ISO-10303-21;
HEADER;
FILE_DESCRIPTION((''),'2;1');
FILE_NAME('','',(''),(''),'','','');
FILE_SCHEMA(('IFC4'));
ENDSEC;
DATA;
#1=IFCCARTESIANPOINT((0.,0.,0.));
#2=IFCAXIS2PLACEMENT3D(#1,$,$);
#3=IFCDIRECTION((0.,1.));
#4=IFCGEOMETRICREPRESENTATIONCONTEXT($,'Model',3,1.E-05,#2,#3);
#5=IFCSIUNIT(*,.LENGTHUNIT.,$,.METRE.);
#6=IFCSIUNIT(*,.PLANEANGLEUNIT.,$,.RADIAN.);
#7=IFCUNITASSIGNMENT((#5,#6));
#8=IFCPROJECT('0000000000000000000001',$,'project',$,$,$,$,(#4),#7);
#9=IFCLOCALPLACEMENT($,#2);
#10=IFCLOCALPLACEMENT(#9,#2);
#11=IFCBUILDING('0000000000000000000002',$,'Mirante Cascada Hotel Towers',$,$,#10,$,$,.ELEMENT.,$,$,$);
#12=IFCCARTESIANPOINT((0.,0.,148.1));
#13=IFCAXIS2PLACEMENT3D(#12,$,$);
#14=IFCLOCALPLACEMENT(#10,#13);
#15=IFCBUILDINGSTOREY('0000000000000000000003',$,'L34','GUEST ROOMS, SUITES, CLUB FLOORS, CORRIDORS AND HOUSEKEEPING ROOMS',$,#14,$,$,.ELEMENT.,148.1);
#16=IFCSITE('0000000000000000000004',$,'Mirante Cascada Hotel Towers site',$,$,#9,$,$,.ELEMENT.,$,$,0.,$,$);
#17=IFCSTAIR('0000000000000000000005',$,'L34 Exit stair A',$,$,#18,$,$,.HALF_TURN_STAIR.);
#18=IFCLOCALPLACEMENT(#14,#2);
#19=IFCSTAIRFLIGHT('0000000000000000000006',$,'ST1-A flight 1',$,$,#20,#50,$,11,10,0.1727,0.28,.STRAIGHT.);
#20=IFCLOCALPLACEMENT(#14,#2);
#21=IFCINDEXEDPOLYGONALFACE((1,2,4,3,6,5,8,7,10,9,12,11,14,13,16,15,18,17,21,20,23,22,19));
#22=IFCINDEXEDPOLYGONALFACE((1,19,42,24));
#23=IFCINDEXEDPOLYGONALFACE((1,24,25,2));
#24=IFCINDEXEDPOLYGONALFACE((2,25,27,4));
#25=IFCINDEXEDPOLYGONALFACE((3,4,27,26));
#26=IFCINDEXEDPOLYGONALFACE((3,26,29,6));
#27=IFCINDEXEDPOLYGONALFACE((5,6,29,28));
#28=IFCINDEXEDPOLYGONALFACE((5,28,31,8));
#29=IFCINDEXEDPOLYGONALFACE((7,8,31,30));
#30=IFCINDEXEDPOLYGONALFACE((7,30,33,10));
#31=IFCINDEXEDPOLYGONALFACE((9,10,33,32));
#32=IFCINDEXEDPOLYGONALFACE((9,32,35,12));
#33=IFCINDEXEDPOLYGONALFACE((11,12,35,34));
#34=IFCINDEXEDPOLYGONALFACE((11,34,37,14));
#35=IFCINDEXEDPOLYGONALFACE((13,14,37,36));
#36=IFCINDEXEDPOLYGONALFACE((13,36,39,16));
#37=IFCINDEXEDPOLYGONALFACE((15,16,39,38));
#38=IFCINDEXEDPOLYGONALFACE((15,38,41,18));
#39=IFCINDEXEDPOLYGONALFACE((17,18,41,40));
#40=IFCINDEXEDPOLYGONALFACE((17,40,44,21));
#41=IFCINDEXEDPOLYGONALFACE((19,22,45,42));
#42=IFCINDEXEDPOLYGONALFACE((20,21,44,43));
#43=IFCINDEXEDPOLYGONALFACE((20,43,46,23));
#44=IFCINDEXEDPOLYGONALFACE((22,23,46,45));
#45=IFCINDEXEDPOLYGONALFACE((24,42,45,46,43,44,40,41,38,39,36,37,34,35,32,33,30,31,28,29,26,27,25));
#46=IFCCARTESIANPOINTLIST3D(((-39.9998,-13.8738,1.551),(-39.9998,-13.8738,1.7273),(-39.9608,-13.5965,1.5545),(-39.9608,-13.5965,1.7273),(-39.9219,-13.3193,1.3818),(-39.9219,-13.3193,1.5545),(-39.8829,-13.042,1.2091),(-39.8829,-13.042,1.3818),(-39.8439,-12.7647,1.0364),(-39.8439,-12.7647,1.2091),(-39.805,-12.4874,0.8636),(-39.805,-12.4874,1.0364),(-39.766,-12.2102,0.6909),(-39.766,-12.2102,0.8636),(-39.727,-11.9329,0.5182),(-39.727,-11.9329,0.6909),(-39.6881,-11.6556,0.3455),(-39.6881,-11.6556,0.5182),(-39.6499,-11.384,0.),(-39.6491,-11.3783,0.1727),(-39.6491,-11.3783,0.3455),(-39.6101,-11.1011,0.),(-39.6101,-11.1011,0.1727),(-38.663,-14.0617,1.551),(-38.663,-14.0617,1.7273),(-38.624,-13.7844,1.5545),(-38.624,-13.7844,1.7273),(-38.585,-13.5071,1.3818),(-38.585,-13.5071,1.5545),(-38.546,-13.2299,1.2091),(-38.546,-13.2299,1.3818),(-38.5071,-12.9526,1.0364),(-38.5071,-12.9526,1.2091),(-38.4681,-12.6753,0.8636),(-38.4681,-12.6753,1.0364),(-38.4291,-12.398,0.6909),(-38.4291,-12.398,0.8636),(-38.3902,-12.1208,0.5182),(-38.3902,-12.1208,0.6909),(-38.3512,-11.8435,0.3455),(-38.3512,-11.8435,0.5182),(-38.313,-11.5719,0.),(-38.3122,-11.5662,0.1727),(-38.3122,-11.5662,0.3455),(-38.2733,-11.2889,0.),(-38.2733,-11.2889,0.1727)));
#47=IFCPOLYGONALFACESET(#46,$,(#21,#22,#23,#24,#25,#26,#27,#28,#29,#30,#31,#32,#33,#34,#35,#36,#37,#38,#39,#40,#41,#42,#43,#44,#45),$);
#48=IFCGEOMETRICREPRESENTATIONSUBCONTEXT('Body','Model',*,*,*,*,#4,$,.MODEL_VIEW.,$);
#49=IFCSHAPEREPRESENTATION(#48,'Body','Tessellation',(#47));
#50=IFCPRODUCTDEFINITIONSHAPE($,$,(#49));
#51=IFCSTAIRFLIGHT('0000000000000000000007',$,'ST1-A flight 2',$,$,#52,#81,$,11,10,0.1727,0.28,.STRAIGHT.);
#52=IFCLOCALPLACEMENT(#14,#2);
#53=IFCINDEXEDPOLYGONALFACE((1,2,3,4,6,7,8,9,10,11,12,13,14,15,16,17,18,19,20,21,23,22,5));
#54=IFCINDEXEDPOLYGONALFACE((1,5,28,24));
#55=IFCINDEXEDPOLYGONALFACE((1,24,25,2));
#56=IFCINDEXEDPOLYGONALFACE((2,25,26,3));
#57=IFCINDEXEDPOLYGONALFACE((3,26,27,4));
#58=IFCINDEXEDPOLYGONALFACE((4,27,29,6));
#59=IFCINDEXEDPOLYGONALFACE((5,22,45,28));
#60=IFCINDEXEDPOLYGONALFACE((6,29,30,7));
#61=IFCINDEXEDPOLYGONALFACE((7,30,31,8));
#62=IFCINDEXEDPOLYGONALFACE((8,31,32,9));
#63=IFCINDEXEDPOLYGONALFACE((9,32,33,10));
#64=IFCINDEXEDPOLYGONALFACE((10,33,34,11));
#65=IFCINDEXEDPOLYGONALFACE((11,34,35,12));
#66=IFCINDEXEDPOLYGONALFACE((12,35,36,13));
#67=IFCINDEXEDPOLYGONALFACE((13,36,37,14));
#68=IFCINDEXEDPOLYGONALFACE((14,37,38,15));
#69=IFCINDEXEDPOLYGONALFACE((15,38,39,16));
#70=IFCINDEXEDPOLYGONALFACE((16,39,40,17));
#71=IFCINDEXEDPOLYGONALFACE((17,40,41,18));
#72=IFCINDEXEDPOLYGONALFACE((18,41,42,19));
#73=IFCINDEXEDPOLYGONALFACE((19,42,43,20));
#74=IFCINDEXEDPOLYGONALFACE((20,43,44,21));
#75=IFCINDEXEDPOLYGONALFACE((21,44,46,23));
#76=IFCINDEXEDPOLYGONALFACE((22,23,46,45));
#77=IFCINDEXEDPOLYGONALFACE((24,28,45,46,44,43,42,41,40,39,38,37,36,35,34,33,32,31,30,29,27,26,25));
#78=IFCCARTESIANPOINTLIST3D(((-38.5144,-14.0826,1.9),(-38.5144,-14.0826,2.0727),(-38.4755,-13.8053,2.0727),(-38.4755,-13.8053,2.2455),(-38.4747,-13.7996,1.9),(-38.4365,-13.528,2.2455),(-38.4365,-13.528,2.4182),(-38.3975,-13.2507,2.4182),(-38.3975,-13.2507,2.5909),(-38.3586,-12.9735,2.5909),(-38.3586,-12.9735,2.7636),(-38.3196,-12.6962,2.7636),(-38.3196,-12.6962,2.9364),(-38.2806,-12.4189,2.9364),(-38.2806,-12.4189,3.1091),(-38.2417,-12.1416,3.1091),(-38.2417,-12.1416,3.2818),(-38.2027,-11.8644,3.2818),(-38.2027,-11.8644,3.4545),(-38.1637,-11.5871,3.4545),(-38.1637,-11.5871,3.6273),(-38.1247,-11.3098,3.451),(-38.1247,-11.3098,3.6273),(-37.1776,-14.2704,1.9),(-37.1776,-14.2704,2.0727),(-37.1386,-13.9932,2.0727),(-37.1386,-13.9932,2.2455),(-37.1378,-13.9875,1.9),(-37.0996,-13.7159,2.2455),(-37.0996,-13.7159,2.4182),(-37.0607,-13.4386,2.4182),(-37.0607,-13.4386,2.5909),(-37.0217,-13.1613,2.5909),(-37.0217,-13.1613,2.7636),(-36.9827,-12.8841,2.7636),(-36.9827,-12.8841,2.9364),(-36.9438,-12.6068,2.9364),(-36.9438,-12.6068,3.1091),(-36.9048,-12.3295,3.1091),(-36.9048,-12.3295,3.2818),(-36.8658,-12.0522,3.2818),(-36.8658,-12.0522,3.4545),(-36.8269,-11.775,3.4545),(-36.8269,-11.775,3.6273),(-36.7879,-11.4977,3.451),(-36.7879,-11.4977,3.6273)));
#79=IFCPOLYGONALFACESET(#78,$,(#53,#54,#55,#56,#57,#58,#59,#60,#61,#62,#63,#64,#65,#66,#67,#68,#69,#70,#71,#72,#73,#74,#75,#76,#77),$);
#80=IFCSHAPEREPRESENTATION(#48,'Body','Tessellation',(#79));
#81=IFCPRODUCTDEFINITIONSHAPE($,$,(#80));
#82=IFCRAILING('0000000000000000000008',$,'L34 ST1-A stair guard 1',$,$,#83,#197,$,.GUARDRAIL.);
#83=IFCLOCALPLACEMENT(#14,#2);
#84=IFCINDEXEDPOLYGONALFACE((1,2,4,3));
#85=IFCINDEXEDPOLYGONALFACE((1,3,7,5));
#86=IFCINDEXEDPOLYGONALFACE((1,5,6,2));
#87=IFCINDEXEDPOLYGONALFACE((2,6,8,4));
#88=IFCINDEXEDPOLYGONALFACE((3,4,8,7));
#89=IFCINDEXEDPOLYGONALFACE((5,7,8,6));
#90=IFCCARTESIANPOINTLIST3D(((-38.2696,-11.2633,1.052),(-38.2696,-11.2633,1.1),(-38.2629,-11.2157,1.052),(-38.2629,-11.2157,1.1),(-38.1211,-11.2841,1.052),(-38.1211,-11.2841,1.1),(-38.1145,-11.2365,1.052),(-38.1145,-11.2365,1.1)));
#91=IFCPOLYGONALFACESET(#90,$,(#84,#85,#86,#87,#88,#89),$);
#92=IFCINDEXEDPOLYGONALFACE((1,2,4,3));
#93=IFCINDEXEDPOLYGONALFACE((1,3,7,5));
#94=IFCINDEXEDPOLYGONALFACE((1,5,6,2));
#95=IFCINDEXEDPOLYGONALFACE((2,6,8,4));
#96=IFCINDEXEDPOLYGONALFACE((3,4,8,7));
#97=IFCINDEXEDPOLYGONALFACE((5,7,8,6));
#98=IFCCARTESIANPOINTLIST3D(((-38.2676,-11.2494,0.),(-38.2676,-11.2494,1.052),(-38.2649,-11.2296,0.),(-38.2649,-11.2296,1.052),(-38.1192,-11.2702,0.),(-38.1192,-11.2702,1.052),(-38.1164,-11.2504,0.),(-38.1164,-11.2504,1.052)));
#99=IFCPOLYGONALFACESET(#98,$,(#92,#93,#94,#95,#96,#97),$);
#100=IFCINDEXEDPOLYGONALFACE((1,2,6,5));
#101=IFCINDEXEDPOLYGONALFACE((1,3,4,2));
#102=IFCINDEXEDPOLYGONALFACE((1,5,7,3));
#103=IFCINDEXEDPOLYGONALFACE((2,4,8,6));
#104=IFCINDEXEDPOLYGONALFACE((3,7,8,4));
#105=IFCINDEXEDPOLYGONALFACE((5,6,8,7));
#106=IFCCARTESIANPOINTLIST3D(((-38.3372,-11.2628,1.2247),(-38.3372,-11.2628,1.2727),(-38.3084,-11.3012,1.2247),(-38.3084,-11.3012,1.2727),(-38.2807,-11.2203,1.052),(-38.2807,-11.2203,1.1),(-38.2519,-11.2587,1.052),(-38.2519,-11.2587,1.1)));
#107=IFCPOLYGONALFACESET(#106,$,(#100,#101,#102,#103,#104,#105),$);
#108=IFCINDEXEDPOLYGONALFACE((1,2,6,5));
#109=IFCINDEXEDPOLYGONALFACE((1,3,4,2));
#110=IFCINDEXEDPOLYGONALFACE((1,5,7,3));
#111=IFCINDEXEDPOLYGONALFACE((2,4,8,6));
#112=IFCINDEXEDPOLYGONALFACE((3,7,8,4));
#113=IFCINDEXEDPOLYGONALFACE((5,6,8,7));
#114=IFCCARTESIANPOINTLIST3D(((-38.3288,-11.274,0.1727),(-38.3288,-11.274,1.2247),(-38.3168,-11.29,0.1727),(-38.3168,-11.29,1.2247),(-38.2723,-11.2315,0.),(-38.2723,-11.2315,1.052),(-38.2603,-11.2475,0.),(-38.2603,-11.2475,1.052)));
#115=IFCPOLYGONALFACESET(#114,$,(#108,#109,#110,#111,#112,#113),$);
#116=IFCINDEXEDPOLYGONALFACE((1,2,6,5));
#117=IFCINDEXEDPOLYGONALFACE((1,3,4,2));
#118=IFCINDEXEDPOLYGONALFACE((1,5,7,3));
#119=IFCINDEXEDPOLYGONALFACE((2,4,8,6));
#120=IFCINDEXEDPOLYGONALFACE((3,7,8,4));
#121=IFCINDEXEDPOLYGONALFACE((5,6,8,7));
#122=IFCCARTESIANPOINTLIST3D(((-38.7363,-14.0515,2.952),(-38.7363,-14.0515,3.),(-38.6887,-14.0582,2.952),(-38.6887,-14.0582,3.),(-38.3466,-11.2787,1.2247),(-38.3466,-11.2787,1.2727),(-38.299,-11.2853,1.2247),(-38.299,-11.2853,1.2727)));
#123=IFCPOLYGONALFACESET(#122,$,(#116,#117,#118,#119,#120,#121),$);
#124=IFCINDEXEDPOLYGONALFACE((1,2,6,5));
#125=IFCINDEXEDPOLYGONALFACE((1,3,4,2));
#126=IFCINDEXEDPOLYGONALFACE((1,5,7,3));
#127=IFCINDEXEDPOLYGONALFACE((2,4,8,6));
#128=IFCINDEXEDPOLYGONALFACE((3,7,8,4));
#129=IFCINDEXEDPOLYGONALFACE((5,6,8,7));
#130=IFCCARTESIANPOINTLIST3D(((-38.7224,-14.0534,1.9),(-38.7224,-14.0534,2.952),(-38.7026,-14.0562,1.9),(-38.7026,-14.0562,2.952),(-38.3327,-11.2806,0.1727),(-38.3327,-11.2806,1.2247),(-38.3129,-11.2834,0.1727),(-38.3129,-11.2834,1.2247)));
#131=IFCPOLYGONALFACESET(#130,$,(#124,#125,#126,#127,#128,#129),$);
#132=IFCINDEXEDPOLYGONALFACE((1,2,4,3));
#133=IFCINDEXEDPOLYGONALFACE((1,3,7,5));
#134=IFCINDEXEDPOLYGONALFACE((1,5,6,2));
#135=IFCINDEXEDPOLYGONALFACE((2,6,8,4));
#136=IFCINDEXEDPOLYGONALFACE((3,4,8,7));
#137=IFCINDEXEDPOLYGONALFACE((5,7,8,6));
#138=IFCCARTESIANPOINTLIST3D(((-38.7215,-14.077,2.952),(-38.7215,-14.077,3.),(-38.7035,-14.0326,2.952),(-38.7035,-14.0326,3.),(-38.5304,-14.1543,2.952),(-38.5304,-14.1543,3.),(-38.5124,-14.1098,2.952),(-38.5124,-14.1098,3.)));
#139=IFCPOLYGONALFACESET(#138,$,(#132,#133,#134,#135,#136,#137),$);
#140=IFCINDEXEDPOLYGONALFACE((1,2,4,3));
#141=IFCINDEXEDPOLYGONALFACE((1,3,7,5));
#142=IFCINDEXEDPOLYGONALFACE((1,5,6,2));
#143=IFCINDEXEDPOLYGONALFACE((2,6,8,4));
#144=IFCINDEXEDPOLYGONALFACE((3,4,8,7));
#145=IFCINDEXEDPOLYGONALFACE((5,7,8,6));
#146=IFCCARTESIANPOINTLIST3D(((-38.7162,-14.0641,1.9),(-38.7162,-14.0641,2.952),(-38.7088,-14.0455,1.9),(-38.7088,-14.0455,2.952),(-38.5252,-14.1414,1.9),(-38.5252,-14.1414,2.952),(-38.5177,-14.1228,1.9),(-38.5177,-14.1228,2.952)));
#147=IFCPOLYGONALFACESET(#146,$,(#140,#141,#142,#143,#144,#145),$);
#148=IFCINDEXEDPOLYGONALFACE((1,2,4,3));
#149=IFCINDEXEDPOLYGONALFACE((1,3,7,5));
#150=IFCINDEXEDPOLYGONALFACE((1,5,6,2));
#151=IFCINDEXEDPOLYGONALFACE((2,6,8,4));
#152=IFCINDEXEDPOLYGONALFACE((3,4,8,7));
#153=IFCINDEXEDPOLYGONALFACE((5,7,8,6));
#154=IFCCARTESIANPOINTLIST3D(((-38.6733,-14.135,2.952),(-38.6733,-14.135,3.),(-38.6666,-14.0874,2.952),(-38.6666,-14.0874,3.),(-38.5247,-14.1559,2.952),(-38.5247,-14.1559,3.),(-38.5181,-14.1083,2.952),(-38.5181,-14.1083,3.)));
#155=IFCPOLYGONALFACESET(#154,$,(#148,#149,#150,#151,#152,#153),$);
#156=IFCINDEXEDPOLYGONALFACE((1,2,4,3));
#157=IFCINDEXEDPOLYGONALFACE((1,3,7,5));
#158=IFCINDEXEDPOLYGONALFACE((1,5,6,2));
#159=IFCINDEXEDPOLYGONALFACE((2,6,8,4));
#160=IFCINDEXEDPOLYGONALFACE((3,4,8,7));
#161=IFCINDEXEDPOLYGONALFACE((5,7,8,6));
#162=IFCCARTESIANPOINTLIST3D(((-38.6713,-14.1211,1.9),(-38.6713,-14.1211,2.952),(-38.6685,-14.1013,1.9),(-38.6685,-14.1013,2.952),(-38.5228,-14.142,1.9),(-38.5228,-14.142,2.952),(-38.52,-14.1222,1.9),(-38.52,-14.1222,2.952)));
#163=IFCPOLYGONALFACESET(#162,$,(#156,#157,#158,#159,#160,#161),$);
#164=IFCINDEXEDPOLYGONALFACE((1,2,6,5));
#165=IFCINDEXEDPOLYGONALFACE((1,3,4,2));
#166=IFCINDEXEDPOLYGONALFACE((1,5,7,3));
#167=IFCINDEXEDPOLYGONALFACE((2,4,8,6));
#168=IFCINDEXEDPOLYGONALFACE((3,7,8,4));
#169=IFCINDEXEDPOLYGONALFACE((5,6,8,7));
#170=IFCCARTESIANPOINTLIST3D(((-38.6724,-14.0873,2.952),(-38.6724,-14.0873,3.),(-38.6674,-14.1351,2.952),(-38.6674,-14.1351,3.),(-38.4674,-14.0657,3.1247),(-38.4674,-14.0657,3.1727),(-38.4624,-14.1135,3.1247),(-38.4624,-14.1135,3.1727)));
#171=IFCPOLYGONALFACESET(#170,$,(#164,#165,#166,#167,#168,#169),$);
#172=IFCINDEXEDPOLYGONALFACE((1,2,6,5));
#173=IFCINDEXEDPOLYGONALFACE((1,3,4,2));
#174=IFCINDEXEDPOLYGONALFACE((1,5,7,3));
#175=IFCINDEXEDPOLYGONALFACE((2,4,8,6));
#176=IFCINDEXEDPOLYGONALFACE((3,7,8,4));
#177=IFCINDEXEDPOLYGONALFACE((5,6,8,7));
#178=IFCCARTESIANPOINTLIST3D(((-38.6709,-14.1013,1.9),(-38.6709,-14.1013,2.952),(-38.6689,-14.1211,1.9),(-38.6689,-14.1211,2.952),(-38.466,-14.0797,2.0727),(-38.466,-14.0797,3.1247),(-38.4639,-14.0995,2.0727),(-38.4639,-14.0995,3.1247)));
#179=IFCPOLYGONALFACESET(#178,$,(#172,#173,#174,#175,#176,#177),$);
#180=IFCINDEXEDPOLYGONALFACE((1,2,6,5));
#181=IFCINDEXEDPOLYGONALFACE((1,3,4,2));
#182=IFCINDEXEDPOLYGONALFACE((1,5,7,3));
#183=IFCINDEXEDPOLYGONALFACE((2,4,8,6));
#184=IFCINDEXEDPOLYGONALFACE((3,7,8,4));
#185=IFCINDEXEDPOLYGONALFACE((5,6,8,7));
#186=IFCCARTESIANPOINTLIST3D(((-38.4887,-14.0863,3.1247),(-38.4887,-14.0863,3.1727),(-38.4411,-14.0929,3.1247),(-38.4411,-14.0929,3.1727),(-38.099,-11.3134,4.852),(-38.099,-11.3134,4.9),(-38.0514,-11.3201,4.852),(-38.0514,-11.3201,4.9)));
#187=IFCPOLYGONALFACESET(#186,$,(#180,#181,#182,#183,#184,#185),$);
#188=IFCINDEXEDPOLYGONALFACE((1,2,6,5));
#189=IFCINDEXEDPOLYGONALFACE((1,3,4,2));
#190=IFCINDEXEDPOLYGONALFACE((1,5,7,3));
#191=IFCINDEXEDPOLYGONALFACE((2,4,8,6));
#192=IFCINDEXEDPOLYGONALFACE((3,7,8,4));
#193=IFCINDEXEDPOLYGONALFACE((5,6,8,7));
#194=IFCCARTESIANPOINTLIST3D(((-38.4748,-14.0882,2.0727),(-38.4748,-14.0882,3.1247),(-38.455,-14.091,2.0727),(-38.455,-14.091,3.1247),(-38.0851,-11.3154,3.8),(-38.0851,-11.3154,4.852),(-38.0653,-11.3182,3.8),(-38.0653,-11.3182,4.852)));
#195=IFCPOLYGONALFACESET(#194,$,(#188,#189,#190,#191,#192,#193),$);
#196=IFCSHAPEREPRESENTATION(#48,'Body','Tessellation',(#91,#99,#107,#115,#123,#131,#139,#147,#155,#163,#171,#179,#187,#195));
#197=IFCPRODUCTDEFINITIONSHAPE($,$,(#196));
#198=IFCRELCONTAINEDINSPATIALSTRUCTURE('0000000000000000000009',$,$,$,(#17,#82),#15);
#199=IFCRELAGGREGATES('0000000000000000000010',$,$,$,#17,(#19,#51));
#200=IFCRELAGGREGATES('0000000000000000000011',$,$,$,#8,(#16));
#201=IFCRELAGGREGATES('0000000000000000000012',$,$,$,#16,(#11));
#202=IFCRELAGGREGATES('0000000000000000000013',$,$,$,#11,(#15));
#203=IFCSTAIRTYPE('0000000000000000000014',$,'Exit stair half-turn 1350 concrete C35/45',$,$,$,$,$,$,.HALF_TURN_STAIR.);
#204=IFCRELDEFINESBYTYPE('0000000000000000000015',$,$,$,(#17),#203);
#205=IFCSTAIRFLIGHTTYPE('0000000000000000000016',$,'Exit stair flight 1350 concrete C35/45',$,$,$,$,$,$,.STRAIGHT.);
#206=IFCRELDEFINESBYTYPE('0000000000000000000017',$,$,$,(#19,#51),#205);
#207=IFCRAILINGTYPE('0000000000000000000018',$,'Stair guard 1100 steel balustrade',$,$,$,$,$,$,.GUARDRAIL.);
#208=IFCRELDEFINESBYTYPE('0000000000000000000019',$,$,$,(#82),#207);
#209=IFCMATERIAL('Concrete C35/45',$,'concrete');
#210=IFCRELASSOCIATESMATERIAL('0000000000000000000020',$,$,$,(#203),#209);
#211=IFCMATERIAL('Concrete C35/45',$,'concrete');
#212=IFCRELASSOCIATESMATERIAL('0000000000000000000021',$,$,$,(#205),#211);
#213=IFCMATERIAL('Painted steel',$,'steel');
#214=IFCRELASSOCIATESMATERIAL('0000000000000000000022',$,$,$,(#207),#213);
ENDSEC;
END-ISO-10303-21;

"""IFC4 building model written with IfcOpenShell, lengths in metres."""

from ifc_helpers import new_model, si_unit, direction, frame, origin, origin_2d, place, context, subcontext, project, spatial, polyline, rectangle, outline, extrude, material, type_object, element, aggregate, save


model = new_model("IFC4")

# Units and contexts
model_context = context("Model", 3, precision=1e-05, world=origin(), true_north=direction((0.0, 1.0)))
body_context = subcontext(model_context, "Body", "Model", "MODEL_VIEW")
ifc_project = project(units=[si_unit("LENGTHUNIT", "METRE"), si_unit("PLANEANGLEUNIT", "RADIAN")], contexts=[model_context])

# Site, building, storey
site_placement = place(None, origin())
site = spatial("IfcSite", under=ifc_project, at=site_placement, Name="Mirante Cascada Hotel Towers site", CompositionType="ELEMENT", RefElevation=0.0)
building_placement = place(site_placement, origin())
building = spatial("IfcBuilding", under=site, at=building_placement, Name="Mirante Cascada Hotel Towers", CompositionType="ELEMENT")
storey_placement = place(building_placement, frame((0.0, 0.0, 148.1)))
storey = spatial("IfcBuildingStorey", under=building, at=storey_placement, Name="L34", Description="GUEST ROOMS, SUITES, CLUB FLOORS, CORRIDORS AND HOUSEKEEPING ROOMS", CompositionType="ELEMENT", Elevation=148.1)

# Stair, stair flights
ifc_material_1 = material(Name="Concrete C35/45", Category="concrete")
stair_type = type_object("IfcStairType", Name="Exit stair half-turn 1350 concrete C35/45", PredefinedType="HALF_TURN_STAIR", material=ifc_material_1)
stair_placement = place(storey_placement, origin())
stair = element("IfcStair", 1, at=stair_placement, inside=storey, type_object=stair_type, Name="L34 Exit stair A", PredefinedType="HALF_TURN_STAIR")
ifc_material_2 = material(Name="Concrete C35/45", Category="concrete")
stair_flight_type = type_object("IfcStairFlightType", Name="Exit stair flight 1350 concrete C35/45", PredefinedType="STRAIGHT", material=ifc_material_2)
stair_flight_1_placement = place(storey_placement, frame((-38.9417, -11.195, 0.0), z_axis=(0.0, 0.0, 1.0), x_axis=(-0.139173, -0.990268, 0.0)))
stair_flight_1 = element("IfcStairFlight", 2, at=stair_flight_1_placement, type_object=stair_flight_type, Name="ST1-A flight 1", NumberOfRisers=11, NumberOfTreads=10, PredefinedType="STRAIGHT", RiserHeight=0.1727, TreadLength=0.28, context=body_context, shape_type="SweptSolid", body=[
    extrude(outline(polyline([(0.0, 0.0), (0.0, 0.1727), (0.28, 0.1727), (0.28, 0.3455), (0.56, 0.3455), (0.56, 0.5182), (0.84, 0.5182), (0.84, 0.6909), (1.12, 0.6909), (1.12, 0.8636), (1.4, 0.8636), (1.4, 1.0364), (1.68, 1.0364), (1.68, 1.2091), (1.96, 1.2091), (1.96, 1.3818), (2.24, 1.3818), (2.24, 1.5545), (2.52, 1.5545), (2.52, 1.7273), (2.8, 1.7273), (2.8, 1.9), (2.8, 1.551), (0.2857, 0.0), (0.0, 0.0)])), frame((0.0, 0.675, 0.0), z_axis=(0.0, -1.0, 0.0), x_axis=(1.0, 0.0, 0.0)), (0.0, 0.0, 1.0), 1.35),
])
stair_flight_2_placement = place(storey_placement, frame((-37.846, -14.1765, 1.9), z_axis=(0.0, 0.0, 1.0), x_axis=(0.139173, 0.990268, 0.0)))
stair_flight_2 = element("IfcStairFlight", 3, at=stair_flight_2_placement, type_object=stair_flight_type, Name="ST1-A flight 2", NumberOfRisers=11, NumberOfTreads=10, PredefinedType="STRAIGHT", RiserHeight=0.1727, TreadLength=0.28, context=body_context, shape_type="SweptSolid", body=[
    extrude(outline(polyline([(0.0, 0.0), (0.0, 0.1727), (0.28, 0.1727), (0.28, 0.3455), (0.56, 0.3455), (0.56, 0.5182), (0.84, 0.5182), (0.84, 0.6909), (1.12, 0.6909), (1.12, 0.8636), (1.4, 0.8636), (1.4, 1.0364), (1.68, 1.0364), (1.68, 1.2091), (1.96, 1.2091), (1.96, 1.3818), (2.24, 1.3818), (2.24, 1.5545), (2.52, 1.5545), (2.52, 1.7273), (2.8, 1.7273), (2.8, 1.9), (2.8, 1.551), (0.2857, 0.0), (0.0, 0.0)])), frame((0.0, 0.675, 0.0), z_axis=(0.0, -1.0, 0.0), x_axis=(1.0, 0.0, 0.0)), (0.0, 0.0, 1.0), 1.35),
])
aggregate(stair, [stair_flight_1, stair_flight_2])

# Railing
ifc_material_3 = material(Name="Painted steel", Category="steel")
railing_type_1 = type_object("IfcRailingType", Name="Stair guard 1100 steel balustrade", PredefinedType="GUARDRAIL", material=ifc_material_3)
railing_1_placement = place(storey_placement, frame((-38.1178, -11.2603, 0.0)))
element("IfcRailing", 4, at=railing_1_placement, inside=storey, type_object=railing_type_1, Name="L34 ST1-A stair guard 1", PredefinedType="GUARDRAIL", context=body_context, shape_type="SweptSolid", body=[
    extrude(rectangle(XDim=0.048, YDim=0.048, at=origin_2d()), frame((0.0, 0.0, 1.076), z_axis=(-0.990333, 0.138713, 0.0), x_axis=(-0.138713, -0.990333, 0.0)), (0.0, 0.0, 1.0), 0.1499),
    extrude(rectangle(XDim=0.02, YDim=1.052, at=origin_2d()), frame((0.0, 0.0, 0.526), z_axis=(-0.990333, 0.138713, 0.0), x_axis=(-0.138713, -0.990333, 0.0)), (0.0, 0.0, 1.0), 0.1499),
    extrude(rectangle(XDim=0.048, YDim=0.048, at=origin_2d()), frame((-0.1485, 0.0208, 1.076), z_axis=(-0.79915, -0.601131, 0.0), x_axis=(0.601131, -0.79915, 0.0)), (0.0, 0.925453, 0.378863), 0.1866),
    extrude(rectangle(XDim=0.02, YDim=1.052, at=origin_2d()), frame((-0.1485, 0.0208, 0.526), z_axis=(-0.79915, -0.601131, 0.0), x_axis=(0.601131, -0.79915, 0.0)), (0.0, 0.925453, 0.378863), 0.1866),
    extrude(rectangle(XDim=0.048, YDim=0.048, at=origin_2d()), frame((-0.205, -0.0217, 1.2487), z_axis=(-0.139176, -0.990268, 0.0), x_axis=(0.990268, -0.139176, 0.0)), (0.0, 0.525021, 0.851089), 3.29),
    extrude(rectangle(XDim=0.02, YDim=1.052, at=origin_2d()), frame((-0.205, -0.0217, 0.6987), z_axis=(-0.139176, -0.990268, 0.0), x_axis=(0.990268, -0.139176, 0.0)), (0.0, 0.525021, 0.851089), 3.29),
    extrude(rectangle(XDim=0.048, YDim=0.048, at=origin_2d()), frame((-0.5947, -2.7945, 2.976), z_axis=(0.927031, -0.374984, 0.0), x_axis=(0.374984, 0.927031, 0.0)), (0.0, 0.0, 1.0), 0.2061),
    extrude(rectangle(XDim=0.02, YDim=1.052, at=origin_2d()), frame((-0.5947, -2.7945, 2.426), z_axis=(0.927031, -0.374984, 0.0), x_axis=(0.374984, 0.927031, 0.0)), (0.0, 0.0, 1.0), 0.2061),
    extrude(rectangle(XDim=0.048, YDim=0.048, at=origin_2d()), frame((-0.4036, -2.8718, 2.976), z_axis=(-0.990241, 0.139367, 0.0), x_axis=(-0.139367, -0.990241, 0.0)), (0.0, 0.0, 1.0), 0.15),
    extrude(rectangle(XDim=0.02, YDim=1.052, at=origin_2d()), frame((-0.4036, -2.8718, 2.426), z_axis=(-0.990241, 0.139367, 0.0), x_axis=(-0.139367, -0.990241, 0.0)), (0.0, 0.0, 1.0), 0.15),
    extrude(rectangle(XDim=0.048, YDim=0.048, at=origin_2d()), frame((-0.5521, -2.8509, 2.976), z_axis=(0.994495, 0.104786, 0.0), x_axis=(-0.104786, 0.994495, 0.0)), (0.0, 0.642203, 0.766534), 0.2689),
    extrude(rectangle(XDim=0.02, YDim=1.052, at=origin_2d()), frame((-0.5521, -2.8509, 2.426), z_axis=(0.994495, 0.104786, 0.0), x_axis=(-0.104786, 0.994495, 0.0)), (0.0, 0.642203, 0.766534), 0.2689),
    extrude(rectangle(XDim=0.048, YDim=0.048, at=origin_2d()), frame((-0.3471, -2.8293, 3.1487), z_axis=(0.139176, 0.990268, 0.0), x_axis=(-0.990268, 0.139176, 0.0)), (0.0, 0.525021, 0.851089), 3.29),
    extrude(rectangle(XDim=0.02, YDim=1.052, at=origin_2d()), frame((-0.3471, -2.8293, 2.5987), z_axis=(0.139176, 0.990268, 0.0), x_axis=(-0.990268, 0.139176, 0.0)), (0.0, 0.525021, 0.851089), 3.29),
])

save(model, "model.ifc")
